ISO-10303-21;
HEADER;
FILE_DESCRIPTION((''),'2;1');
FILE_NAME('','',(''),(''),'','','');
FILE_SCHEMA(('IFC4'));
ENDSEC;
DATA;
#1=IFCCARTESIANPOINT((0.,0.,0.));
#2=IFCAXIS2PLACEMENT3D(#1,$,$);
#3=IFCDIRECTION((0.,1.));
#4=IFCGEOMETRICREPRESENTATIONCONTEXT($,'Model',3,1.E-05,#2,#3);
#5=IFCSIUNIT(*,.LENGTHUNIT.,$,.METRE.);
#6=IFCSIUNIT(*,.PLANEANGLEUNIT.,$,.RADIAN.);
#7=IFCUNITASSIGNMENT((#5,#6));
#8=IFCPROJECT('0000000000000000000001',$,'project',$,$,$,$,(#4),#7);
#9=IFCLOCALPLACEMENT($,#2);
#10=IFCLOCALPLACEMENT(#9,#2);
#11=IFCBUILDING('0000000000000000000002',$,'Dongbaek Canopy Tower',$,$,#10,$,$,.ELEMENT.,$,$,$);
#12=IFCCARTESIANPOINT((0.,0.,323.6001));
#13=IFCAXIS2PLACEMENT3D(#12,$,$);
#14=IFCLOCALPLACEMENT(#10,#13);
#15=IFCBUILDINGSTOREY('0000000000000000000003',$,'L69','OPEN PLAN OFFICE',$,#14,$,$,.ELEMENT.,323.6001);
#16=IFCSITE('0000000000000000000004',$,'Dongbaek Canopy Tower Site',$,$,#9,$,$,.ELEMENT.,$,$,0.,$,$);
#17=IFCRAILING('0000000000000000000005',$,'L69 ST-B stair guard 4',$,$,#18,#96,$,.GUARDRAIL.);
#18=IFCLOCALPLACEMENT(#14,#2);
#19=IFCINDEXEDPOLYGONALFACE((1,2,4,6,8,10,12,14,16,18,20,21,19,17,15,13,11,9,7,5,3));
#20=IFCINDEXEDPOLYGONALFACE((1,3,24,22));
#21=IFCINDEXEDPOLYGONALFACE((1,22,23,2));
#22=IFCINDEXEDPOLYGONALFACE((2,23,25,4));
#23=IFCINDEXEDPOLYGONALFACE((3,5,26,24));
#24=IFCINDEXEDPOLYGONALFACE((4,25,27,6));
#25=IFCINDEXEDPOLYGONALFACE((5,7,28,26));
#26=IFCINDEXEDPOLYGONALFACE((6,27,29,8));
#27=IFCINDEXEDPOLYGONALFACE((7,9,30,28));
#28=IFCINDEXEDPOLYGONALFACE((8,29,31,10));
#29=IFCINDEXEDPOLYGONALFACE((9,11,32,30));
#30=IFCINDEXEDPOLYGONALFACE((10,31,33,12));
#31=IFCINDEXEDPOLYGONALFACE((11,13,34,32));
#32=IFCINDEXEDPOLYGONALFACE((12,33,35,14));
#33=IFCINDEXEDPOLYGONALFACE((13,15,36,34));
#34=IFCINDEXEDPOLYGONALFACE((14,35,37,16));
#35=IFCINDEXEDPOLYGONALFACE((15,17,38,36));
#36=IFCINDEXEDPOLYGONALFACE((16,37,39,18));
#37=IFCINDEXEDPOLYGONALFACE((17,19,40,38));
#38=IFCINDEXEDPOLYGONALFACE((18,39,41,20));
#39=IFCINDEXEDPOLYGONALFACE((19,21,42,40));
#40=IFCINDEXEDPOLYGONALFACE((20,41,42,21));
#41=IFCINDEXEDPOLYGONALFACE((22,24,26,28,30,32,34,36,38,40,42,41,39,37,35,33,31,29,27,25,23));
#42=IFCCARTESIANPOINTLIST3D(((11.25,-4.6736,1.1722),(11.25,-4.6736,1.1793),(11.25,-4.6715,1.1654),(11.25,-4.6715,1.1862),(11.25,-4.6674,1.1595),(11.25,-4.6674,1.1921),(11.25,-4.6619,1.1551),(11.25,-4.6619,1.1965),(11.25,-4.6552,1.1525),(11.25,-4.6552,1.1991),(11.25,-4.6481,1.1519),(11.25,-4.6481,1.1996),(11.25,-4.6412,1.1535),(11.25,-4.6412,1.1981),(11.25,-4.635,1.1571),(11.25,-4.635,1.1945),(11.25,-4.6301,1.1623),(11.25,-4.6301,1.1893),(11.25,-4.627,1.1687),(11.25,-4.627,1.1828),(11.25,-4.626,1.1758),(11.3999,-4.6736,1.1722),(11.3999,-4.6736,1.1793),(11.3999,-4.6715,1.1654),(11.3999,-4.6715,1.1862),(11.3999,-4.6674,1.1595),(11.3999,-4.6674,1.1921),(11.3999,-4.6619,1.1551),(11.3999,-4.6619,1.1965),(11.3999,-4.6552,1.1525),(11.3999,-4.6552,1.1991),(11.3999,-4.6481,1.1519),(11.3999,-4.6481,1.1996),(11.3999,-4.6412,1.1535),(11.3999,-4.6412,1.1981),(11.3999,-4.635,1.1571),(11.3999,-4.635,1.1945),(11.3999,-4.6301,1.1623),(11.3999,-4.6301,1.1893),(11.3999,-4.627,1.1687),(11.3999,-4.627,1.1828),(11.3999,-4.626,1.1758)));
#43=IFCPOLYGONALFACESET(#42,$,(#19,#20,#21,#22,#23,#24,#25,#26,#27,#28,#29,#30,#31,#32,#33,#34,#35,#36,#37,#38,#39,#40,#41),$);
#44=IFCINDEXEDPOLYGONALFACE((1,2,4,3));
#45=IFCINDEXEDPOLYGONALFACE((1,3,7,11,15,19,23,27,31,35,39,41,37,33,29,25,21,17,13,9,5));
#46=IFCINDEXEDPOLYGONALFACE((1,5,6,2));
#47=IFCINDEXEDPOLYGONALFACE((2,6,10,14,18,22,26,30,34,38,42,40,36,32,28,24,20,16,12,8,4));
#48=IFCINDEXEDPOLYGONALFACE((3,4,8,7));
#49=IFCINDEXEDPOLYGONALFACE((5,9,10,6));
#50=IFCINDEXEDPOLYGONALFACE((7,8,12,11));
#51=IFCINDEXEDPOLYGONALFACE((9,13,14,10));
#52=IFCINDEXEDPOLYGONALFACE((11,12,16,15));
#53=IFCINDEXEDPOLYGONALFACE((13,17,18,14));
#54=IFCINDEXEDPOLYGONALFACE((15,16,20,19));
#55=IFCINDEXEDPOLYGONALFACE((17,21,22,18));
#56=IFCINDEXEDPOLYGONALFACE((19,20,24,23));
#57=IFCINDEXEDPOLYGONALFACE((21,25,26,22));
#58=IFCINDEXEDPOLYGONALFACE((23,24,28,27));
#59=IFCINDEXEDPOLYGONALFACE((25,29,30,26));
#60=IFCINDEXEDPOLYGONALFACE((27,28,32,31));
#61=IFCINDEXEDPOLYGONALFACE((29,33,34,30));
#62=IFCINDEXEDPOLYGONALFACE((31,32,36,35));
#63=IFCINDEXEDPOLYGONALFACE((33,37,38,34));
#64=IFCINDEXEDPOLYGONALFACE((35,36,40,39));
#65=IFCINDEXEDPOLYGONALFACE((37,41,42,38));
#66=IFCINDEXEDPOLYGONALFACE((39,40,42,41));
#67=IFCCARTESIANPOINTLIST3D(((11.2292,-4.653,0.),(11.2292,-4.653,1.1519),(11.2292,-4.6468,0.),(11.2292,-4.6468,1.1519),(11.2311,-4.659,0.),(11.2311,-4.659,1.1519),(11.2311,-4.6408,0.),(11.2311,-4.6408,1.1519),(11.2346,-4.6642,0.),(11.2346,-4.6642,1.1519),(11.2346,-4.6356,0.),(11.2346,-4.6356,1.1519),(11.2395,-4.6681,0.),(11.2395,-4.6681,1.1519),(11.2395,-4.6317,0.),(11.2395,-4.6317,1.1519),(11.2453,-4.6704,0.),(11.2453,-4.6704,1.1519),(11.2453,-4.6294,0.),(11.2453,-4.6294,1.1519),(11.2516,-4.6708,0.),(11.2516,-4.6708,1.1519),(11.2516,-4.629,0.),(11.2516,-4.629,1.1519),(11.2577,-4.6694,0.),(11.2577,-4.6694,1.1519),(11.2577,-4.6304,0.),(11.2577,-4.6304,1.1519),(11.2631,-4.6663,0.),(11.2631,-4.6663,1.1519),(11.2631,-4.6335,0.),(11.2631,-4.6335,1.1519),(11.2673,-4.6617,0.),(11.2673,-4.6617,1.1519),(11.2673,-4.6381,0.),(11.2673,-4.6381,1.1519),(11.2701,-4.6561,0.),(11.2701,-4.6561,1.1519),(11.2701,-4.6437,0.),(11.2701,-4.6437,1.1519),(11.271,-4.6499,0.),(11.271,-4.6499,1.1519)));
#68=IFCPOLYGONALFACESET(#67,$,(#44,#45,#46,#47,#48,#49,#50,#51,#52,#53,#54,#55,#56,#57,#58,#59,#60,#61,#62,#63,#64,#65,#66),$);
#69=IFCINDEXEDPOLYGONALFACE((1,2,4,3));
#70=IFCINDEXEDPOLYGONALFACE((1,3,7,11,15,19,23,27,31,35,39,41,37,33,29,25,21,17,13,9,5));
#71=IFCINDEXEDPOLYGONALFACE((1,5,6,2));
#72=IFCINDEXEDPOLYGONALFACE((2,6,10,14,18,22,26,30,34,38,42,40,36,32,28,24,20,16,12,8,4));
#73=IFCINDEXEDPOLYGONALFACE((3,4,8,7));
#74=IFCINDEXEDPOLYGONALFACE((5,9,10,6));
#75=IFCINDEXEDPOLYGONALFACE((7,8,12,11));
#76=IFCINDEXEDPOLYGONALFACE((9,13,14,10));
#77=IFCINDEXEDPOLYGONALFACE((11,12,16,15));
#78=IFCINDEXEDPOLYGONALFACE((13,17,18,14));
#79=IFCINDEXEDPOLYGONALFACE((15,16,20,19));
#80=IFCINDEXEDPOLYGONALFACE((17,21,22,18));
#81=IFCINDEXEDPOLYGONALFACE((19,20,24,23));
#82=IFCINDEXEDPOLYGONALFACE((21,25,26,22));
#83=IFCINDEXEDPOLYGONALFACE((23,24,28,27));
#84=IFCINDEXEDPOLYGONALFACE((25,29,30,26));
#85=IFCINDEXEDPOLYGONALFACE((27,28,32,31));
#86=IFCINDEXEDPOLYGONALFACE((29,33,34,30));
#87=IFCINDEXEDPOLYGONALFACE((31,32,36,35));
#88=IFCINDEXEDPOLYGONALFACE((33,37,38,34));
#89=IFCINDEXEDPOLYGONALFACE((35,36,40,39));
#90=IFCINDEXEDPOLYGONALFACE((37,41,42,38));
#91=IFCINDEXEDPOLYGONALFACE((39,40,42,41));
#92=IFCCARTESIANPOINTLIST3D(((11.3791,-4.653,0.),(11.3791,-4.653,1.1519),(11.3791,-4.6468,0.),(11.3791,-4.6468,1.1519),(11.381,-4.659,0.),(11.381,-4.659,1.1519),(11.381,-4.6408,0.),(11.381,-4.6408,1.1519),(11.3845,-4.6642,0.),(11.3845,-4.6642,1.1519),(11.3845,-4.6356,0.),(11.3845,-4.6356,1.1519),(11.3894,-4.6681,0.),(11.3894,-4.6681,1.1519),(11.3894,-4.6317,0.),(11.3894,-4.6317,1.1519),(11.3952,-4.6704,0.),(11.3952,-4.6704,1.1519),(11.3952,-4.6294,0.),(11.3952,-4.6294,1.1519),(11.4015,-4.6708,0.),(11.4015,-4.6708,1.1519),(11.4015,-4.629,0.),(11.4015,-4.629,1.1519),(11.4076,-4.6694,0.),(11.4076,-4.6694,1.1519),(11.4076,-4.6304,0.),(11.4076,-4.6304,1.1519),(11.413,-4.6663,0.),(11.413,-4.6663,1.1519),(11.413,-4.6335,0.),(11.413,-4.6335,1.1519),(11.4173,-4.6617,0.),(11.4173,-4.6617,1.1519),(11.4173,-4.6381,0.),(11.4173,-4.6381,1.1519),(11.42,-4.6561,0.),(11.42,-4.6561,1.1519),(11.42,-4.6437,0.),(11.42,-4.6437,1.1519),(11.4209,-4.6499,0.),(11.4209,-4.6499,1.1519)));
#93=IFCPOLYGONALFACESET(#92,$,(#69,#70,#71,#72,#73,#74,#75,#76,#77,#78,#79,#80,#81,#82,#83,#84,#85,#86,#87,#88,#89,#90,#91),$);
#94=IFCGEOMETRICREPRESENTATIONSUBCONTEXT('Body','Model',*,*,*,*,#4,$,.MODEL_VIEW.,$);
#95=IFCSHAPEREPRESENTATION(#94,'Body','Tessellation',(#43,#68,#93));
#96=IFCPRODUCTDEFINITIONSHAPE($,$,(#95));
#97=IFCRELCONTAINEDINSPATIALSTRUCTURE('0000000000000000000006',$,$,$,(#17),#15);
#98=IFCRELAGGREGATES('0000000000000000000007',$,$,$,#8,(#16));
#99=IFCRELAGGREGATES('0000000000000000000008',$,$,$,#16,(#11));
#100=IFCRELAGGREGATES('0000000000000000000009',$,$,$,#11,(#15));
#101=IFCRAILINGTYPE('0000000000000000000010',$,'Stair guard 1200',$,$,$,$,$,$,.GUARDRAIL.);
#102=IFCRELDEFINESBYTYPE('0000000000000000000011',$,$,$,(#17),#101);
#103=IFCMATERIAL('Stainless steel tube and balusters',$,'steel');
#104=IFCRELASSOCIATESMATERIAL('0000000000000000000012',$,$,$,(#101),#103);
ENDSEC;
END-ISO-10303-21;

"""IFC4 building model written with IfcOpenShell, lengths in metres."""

from ifc_helpers import new_model, si_unit, direction, frame, origin, origin_2d, place, context, subcontext, project, spatial, circle, extrude, material, type_object, element, save


model = new_model("IFC4")

# Units and contexts
model_context = context("Model", 3, precision=1e-05, world=origin(), true_north=direction((0.0, 1.0)))
body_context = subcontext(model_context, "Body", "Model", "MODEL_VIEW")
ifc_project = project(units=[si_unit("LENGTHUNIT", "METRE"), si_unit("PLANEANGLEUNIT", "RADIAN")], contexts=[model_context])

# Site, building, storey
site_placement = place(None, origin())
site = spatial("IfcSite", under=ifc_project, at=site_placement, Name="Dongbaek Canopy Tower Site", CompositionType="ELEMENT", RefElevation=0.0)
building_placement = place(site_placement, origin())
building = spatial("IfcBuilding", under=site, at=building_placement, Name="Dongbaek Canopy Tower", CompositionType="ELEMENT")
storey_placement = place(building_placement, frame((0.0, 0.0, 323.6001)))
storey = spatial("IfcBuildingStorey", under=building, at=storey_placement, Name="L69", Description="OPEN PLAN OFFICE", CompositionType="ELEMENT", Elevation=323.6001)

# Railing
ifc_material_1 = material(Name="Stainless steel tube and balusters", Category="steel")
railing_type_1 = type_object("IfcRailingType", Name="Stair guard 1200", PredefinedType="GUARDRAIL", material=ifc_material_1)
railing_1_placement = place(storey_placement, frame((11.25, -4.6499, 0.0)))
element("IfcRailing", 1, at=railing_1_placement, inside=storey, type_object=railing_type_1, Name="L69 ST-B stair guard 4", PredefinedType="GUARDRAIL", context=body_context, shape_type="SweptSolid", body=[
    extrude(circle(Radius=0.0239, at=origin_2d()), frame((0.0, 0.0, 1.1758), z_axis=(1.0, 0.0, 0.0), x_axis=(0.0, 1.0, 0.0)), (0.0, 0.0, 1.0), 0.1499),
    extrude(circle(Radius=0.021, at=origin_2d()), origin(), (0.0, 0.0, 1.0), 1.1519),
    extrude(circle(Radius=0.021, at=origin_2d()), frame((0.1499, 0.0, 0.0)), (0.0, 0.0, 1.0), 1.1519),
])

save(model, "model.ifc")
